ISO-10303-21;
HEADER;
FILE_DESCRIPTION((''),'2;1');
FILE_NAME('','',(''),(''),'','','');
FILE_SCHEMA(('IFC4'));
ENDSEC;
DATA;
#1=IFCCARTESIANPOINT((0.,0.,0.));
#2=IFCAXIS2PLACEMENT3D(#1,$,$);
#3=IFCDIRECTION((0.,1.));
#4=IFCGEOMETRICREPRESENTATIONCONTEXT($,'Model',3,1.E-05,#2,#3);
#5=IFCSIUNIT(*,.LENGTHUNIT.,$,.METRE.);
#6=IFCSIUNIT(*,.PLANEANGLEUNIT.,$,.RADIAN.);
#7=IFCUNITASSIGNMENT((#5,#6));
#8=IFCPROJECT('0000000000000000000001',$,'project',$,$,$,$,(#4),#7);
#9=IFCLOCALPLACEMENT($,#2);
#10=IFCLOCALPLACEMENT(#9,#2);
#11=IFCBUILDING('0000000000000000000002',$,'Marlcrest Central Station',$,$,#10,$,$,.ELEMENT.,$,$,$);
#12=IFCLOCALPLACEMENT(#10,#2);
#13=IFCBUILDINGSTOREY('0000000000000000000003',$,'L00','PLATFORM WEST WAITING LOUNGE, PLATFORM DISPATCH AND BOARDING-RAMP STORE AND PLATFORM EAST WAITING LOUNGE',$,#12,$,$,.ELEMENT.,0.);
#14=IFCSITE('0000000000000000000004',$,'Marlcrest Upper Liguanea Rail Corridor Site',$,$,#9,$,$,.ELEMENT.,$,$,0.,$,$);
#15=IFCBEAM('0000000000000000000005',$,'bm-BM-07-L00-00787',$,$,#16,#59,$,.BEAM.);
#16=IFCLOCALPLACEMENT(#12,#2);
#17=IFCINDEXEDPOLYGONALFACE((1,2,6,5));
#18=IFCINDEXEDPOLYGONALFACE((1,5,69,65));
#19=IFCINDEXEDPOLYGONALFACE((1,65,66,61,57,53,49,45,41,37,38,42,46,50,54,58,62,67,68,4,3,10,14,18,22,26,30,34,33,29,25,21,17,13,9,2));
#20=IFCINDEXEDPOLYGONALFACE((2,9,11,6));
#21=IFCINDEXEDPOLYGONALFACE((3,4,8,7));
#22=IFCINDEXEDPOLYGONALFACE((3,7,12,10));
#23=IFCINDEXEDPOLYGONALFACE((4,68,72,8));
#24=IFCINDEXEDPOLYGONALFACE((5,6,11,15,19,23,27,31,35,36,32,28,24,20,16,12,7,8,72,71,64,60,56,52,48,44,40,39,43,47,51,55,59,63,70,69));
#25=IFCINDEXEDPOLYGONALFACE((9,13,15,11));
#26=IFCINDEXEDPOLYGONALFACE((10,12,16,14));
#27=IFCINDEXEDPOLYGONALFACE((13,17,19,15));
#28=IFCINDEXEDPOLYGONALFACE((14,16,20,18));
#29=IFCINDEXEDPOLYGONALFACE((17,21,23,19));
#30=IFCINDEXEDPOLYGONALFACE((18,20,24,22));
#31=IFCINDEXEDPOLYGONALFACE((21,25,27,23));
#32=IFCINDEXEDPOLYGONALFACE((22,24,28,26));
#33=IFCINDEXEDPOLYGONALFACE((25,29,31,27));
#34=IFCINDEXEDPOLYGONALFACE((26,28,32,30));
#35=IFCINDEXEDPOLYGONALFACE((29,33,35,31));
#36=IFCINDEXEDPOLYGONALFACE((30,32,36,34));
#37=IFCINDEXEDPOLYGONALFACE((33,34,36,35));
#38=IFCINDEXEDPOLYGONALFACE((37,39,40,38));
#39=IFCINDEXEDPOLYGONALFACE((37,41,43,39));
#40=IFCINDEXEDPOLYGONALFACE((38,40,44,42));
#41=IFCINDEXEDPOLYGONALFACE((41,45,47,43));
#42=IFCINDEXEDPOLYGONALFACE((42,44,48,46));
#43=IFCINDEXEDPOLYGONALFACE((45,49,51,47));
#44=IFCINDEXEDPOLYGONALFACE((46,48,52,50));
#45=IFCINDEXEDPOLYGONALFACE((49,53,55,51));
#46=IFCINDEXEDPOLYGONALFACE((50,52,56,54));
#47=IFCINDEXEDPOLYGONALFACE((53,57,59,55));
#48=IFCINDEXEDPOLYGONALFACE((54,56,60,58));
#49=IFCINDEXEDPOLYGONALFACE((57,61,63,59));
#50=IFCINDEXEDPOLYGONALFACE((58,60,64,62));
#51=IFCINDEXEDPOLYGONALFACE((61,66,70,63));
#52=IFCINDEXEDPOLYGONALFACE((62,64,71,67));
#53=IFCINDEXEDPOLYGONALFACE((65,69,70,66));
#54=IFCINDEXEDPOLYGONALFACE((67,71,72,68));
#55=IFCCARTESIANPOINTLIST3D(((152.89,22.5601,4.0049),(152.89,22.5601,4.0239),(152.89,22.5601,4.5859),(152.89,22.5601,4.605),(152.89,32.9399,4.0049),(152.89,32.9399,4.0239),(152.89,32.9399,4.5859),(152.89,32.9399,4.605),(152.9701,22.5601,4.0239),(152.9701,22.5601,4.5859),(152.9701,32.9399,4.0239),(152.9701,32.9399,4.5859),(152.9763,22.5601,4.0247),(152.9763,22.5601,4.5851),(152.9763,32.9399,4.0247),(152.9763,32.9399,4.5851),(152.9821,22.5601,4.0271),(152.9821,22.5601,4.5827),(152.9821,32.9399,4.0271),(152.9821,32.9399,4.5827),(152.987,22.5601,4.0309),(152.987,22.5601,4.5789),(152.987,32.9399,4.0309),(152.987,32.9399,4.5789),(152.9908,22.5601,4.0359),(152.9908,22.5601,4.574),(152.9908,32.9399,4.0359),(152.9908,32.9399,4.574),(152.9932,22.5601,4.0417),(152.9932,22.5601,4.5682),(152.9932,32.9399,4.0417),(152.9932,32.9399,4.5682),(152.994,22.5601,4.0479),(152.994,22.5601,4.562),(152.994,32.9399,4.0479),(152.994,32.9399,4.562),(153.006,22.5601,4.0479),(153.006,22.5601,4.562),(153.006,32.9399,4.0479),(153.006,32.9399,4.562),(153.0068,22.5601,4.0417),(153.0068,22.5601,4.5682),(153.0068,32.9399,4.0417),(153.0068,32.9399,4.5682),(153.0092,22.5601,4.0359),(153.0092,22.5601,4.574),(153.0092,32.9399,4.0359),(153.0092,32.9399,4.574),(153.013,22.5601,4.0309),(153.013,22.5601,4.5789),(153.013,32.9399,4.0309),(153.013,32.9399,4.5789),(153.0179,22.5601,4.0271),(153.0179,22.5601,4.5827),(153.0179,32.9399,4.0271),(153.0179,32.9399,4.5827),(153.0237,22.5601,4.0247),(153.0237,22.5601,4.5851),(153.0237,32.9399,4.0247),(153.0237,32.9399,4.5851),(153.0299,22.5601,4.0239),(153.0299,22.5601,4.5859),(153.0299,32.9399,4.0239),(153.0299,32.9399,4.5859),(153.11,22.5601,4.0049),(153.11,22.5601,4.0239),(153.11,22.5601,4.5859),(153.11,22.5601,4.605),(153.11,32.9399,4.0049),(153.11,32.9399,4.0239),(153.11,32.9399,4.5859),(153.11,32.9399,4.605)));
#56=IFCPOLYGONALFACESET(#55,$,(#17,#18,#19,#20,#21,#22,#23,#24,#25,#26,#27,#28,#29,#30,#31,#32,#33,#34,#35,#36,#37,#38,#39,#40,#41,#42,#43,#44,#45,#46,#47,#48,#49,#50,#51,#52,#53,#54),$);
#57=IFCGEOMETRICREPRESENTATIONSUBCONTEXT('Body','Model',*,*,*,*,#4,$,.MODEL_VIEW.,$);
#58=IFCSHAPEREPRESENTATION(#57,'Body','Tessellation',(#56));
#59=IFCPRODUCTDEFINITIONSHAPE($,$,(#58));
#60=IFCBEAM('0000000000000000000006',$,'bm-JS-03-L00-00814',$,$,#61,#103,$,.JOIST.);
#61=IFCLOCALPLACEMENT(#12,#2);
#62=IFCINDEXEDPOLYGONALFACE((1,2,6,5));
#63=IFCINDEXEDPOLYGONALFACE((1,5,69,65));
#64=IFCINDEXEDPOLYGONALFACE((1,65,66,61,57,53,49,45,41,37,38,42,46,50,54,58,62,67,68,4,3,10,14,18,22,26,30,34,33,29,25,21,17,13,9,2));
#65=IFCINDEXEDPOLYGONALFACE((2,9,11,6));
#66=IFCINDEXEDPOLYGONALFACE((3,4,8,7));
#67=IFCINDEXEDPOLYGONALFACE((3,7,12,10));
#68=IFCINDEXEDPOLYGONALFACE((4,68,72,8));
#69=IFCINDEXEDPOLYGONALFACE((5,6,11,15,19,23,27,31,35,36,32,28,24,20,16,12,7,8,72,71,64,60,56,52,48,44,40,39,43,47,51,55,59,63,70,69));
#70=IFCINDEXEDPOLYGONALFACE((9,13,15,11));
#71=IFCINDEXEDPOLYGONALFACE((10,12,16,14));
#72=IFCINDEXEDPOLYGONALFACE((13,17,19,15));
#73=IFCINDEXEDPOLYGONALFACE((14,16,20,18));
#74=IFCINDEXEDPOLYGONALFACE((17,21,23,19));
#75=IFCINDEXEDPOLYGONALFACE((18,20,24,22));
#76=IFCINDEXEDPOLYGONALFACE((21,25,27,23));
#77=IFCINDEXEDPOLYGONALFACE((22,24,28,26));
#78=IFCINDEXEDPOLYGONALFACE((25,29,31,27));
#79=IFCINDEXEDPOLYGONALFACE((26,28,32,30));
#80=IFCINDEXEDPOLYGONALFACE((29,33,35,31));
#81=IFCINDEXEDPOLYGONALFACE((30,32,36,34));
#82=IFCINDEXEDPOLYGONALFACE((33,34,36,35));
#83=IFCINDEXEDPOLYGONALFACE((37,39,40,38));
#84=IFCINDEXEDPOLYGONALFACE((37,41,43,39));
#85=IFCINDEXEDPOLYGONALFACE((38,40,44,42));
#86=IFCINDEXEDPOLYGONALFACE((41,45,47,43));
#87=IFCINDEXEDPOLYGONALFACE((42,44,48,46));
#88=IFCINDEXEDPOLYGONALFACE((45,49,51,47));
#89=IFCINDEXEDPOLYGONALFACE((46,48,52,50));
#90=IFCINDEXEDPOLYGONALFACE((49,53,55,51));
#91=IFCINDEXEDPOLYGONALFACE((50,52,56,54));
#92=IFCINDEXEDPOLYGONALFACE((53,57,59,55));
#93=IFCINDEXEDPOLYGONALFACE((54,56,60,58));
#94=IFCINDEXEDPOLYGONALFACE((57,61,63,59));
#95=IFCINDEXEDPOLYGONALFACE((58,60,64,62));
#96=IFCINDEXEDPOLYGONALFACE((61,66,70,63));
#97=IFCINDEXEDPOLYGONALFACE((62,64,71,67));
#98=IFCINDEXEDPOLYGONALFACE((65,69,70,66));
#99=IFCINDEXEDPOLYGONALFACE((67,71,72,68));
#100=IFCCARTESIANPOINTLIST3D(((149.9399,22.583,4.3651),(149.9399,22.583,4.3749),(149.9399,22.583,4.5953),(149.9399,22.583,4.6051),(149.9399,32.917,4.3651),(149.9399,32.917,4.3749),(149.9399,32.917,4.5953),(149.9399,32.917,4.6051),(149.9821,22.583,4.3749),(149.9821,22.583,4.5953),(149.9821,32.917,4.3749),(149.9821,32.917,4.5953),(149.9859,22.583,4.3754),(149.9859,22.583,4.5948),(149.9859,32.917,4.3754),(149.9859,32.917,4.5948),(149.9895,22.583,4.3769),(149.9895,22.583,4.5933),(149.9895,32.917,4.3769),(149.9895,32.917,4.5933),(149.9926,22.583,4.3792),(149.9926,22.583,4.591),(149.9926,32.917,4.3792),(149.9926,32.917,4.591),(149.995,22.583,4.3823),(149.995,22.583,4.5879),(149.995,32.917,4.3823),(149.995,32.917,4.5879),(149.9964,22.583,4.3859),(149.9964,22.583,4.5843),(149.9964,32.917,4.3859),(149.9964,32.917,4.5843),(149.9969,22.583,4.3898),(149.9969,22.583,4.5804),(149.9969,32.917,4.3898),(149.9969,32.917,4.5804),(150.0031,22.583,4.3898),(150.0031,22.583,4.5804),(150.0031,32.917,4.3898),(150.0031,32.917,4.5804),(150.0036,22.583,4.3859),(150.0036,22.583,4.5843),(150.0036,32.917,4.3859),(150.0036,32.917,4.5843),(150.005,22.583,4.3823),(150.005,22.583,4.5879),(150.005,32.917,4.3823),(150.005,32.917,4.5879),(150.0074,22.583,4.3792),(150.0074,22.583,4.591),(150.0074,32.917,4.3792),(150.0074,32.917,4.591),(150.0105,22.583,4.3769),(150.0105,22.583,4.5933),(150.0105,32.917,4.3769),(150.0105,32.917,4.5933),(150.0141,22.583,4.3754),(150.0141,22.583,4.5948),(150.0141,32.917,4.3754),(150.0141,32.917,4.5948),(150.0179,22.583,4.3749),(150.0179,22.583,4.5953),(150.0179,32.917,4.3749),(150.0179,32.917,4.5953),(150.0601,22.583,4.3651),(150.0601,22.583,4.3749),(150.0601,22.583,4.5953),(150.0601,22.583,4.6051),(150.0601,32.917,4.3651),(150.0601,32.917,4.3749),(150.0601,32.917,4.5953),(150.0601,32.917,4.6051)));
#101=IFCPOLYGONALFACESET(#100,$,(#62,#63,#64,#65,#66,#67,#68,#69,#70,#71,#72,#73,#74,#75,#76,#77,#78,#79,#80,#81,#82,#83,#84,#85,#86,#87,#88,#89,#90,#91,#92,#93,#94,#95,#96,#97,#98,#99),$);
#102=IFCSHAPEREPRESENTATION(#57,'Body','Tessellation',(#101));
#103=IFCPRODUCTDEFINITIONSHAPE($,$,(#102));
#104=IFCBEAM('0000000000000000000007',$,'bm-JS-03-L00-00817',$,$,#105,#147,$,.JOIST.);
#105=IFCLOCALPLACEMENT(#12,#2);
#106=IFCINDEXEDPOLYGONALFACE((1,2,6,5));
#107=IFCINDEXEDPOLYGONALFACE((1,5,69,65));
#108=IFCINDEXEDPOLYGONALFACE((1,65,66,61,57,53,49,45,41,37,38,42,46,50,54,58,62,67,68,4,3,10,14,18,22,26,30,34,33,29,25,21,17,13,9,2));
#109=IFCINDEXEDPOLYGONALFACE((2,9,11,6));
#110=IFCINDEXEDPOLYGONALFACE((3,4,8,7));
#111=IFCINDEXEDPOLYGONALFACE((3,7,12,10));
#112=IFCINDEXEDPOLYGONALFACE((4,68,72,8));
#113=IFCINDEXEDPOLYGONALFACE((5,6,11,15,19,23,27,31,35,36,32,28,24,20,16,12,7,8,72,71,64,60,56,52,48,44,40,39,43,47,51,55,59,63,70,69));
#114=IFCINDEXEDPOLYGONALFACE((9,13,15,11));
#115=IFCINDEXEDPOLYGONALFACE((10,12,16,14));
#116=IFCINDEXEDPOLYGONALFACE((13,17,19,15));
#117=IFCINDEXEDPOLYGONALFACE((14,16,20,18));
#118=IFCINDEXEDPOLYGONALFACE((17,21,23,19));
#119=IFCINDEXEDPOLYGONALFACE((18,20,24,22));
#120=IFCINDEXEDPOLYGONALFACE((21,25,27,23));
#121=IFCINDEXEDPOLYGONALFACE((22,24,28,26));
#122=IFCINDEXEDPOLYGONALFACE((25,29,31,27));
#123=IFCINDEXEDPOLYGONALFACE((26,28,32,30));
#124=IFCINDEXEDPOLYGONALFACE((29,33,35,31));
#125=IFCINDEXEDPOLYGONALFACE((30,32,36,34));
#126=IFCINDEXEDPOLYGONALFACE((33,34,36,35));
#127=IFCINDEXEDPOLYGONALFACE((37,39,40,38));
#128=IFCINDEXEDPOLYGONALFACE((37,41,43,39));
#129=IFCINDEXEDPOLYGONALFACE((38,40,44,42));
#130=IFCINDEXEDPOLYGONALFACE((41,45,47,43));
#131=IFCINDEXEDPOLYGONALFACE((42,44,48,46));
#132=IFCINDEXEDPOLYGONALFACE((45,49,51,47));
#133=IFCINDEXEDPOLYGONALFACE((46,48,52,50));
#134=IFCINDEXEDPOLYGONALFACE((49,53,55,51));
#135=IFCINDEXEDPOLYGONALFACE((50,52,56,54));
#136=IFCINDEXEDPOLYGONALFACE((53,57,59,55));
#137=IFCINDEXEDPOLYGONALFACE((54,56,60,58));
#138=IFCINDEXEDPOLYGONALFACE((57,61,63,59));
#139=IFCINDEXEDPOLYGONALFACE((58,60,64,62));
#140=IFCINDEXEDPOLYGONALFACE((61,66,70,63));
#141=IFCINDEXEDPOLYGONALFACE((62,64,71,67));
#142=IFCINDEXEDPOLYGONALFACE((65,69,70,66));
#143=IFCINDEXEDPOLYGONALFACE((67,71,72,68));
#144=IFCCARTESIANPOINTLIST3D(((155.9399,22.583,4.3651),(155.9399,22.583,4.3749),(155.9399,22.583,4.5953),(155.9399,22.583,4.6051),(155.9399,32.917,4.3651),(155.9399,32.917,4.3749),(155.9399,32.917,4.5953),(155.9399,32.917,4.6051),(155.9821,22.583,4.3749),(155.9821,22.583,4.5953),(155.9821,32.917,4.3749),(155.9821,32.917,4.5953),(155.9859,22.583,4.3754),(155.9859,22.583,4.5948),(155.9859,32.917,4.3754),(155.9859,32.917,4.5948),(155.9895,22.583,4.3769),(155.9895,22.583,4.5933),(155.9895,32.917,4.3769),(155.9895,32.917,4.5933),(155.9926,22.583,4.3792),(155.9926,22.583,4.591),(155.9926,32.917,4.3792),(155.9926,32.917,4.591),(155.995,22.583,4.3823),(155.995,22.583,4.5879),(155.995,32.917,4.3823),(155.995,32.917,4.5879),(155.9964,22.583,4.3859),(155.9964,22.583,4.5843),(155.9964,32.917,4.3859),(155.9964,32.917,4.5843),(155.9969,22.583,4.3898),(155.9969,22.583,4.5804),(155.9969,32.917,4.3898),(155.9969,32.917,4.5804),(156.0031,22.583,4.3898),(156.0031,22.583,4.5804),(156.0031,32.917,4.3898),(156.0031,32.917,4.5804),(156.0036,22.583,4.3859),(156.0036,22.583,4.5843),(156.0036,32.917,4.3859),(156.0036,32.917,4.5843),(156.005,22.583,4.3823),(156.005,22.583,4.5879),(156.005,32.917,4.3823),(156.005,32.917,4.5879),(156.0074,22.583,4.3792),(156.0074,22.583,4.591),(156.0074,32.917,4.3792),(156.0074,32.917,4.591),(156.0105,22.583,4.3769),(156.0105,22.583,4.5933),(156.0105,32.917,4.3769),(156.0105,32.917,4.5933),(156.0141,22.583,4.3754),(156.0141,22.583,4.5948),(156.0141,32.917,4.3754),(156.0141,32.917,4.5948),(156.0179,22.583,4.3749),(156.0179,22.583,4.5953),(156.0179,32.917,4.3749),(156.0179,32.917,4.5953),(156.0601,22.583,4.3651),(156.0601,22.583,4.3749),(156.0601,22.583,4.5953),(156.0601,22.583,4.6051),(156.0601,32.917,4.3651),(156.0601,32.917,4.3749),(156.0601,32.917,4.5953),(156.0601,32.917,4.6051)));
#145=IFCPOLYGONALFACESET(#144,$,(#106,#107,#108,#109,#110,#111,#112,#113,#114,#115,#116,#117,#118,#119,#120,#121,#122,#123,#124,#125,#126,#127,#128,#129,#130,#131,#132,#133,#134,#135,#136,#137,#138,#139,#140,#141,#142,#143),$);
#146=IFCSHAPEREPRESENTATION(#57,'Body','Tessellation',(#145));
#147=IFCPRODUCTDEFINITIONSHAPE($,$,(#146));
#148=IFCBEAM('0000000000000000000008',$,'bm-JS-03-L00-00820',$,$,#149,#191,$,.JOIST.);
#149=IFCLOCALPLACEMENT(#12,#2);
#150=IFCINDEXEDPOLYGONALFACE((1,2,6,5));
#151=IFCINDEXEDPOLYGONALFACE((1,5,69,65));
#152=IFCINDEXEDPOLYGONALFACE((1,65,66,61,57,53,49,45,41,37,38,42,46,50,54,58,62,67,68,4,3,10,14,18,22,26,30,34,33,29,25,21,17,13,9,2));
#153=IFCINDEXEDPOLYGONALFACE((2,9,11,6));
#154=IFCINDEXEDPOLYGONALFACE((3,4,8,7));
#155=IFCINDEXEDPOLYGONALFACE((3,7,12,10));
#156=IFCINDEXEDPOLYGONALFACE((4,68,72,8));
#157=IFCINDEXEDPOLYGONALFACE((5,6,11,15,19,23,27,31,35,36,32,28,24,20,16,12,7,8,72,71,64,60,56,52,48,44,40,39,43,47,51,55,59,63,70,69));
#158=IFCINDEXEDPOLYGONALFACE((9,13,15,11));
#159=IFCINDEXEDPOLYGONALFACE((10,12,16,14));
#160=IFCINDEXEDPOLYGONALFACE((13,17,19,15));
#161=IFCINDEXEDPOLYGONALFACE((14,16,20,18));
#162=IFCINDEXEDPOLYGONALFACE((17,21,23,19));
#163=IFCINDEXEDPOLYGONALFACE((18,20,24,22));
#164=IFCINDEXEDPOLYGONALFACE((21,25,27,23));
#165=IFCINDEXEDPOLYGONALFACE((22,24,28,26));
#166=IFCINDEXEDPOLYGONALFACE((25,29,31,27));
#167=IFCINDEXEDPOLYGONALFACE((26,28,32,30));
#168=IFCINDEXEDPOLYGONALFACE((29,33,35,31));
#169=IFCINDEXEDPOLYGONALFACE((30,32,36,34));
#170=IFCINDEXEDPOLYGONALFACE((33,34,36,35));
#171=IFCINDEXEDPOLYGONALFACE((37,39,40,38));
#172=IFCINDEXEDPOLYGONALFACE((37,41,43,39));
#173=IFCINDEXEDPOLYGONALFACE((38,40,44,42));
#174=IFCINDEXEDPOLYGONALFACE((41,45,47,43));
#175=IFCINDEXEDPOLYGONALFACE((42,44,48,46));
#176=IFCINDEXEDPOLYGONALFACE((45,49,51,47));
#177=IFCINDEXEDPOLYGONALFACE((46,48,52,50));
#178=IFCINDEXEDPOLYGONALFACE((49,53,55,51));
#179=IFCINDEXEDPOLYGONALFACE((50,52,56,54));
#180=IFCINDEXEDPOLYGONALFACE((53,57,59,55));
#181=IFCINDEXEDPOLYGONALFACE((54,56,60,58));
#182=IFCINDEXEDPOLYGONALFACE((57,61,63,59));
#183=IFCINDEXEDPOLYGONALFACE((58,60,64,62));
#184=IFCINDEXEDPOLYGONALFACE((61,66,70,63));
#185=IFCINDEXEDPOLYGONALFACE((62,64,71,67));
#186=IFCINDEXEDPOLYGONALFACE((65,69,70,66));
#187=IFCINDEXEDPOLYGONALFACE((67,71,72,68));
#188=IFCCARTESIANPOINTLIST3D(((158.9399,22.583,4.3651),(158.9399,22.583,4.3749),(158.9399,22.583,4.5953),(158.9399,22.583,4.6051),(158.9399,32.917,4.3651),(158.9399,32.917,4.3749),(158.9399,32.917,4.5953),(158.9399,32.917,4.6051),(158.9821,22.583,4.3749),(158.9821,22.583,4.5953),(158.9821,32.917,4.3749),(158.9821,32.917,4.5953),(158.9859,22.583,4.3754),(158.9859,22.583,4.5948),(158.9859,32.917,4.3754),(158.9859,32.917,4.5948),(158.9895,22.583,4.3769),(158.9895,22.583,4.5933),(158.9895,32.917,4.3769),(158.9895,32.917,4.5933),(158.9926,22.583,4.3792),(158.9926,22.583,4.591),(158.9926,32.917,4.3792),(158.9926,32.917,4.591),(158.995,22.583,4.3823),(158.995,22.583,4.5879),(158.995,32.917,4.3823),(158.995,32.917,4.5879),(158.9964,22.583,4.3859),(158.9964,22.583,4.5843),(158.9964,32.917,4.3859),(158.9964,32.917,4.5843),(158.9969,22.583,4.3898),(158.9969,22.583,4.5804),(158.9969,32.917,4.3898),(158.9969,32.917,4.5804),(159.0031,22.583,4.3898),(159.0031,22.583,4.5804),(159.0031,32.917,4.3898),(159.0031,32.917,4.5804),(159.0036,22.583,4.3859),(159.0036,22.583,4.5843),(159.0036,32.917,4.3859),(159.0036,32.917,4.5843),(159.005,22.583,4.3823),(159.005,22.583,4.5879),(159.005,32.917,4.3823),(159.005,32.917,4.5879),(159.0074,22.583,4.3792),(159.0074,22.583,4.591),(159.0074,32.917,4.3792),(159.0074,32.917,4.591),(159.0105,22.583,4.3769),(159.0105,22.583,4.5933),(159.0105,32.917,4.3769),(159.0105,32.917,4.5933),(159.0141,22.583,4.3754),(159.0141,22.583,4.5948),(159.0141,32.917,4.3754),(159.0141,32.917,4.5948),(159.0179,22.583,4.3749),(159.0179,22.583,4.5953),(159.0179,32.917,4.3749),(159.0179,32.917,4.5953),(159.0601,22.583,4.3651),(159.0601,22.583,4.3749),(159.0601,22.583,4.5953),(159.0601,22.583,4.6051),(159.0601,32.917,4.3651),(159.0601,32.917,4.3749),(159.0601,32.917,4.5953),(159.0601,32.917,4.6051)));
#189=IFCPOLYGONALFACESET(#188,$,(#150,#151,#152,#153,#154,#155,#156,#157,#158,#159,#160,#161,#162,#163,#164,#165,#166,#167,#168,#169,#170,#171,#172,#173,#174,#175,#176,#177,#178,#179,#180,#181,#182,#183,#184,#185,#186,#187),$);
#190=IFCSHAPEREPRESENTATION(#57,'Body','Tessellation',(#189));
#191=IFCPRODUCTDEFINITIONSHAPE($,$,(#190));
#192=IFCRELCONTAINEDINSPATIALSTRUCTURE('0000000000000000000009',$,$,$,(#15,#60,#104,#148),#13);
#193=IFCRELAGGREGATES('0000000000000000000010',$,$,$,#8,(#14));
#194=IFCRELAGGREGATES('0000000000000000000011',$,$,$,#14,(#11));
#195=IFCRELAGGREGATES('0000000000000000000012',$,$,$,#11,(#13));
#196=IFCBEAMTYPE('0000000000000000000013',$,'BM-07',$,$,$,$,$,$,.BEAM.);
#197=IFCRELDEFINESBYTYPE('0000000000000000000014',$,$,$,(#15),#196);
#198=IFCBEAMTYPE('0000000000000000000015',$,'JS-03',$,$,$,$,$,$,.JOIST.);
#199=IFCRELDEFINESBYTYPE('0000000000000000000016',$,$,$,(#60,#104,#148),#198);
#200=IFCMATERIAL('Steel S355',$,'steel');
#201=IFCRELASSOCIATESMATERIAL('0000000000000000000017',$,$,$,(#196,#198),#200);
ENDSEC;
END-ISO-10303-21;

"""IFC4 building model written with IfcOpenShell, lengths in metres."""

from ifc_helpers import new_model, si_unit, direction, frame, origin, origin_2d, place, context, subcontext, project, spatial, i_section, extrude, material, material_profile, profile_set, type_object, element, save


model = new_model("IFC4")

# Units and contexts
model_context = context("Model", 3, precision=1e-05, world=origin(), true_north=direction((0.0, 1.0)))
body_context = subcontext(model_context, "Body", "Model", "MODEL_VIEW")
ifc_project = project(units=[si_unit("LENGTHUNIT", "METRE"), si_unit("PLANEANGLEUNIT", "RADIAN")], contexts=[model_context])

# Site, building, storey
site_placement = place(None, origin())
site = spatial("IfcSite", under=ifc_project, at=site_placement, Name="Marlcrest Upper Liguanea Rail Corridor Site", CompositionType="ELEMENT", RefElevation=0.0)
building_placement = place(site_placement, origin())
building = spatial("IfcBuilding", under=site, at=building_placement, Name="Marlcrest Central Station", CompositionType="ELEMENT")
storey_placement = place(building_placement, origin())
storey = spatial("IfcBuildingStorey", under=building, at=storey_placement, Name="L00", Description="PLATFORM WEST WAITING LOUNGE, PLATFORM DISPATCH AND BOARDING-RAMP STORE AND PLATFORM EAST WAITING LOUNGE", CompositionType="ELEMENT", Elevation=0.0)

# Beams
ifc_material_1 = material(Name="Steel S355", Category="steel")
ifc_material_profile_1 = material_profile(ifc_material_1, i_section(OverallWidth=0.22, OverallDepth=0.6001, WebThickness=0.012, FlangeThickness=0.019, FilletRadius=0.0239, at=origin_2d()), Name="IPE 600")
ifc_profile_set_1 = profile_set([ifc_material_profile_1], Name="Steel S355")
beam_type_1 = type_object("IfcBeamType", Name="BM-07", PredefinedType="BEAM", material=ifc_profile_set_1)
beam_1_placement = place(storey_placement, frame((153.0, 22.5601, 4.3049), z_axis=(0.0, 1.0, 0.0), x_axis=(-1.0, 0.0, 0.0)))
element("IfcBeam", 1, at=beam_1_placement, inside=storey, type_object=beam_type_1, Name="bm-BM-07-L00-00787", PredefinedType="BEAM", context=body_context, shape_type="SweptSolid", body=[
    extrude(i_section(OverallWidth=0.22, OverallDepth=0.6001, WebThickness=0.012, FlangeThickness=0.019, FilletRadius=0.0239, at=origin_2d()), origin(), (0.0, 0.0, 1.0), 10.3799),
])
ifc_material_profile_2 = material_profile(ifc_material_1, i_section(OverallWidth=0.1201, OverallDepth=0.24, WebThickness=0.0061, FlangeThickness=0.0098, FilletRadius=0.0149, at=origin_2d()), Name="IPE 240")
ifc_profile_set_2 = profile_set([ifc_material_profile_2], Name="Steel S355")
beam_type_2 = type_object("IfcBeamType", Name="JS-03", PredefinedType="JOIST", material=ifc_profile_set_2)
for number, where, z_axis, x_axis, name in (
    (2, (150.0, 22.583, 4.4851), (0.0, 1.0, 0.0), (-1.0, 0.0, 0.0), "bm-JS-03-L00-00814"),
    (3, (156.0, 22.583, 4.4851), (0.0, 1.0, 0.0), (-1.0, 0.0, 0.0), "bm-JS-03-L00-00817"),
    (4, (159.0, 22.583, 4.4851), (0.0, 1.0, 0.0), (-1.0, 0.0, 0.0), "bm-JS-03-L00-00820"),
):
    element("IfcBeam", number, at=place(storey_placement, frame(where, z_axis=z_axis, x_axis=x_axis)), inside=storey, type_object=beam_type_2, Name=name, PredefinedType="JOIST", context=body_context, shape_type="SweptSolid", body=[
        extrude(i_section(OverallWidth=0.1201, OverallDepth=0.24, WebThickness=0.0061, FlangeThickness=0.0098, FilletRadius=0.0149, at=origin_2d()), origin(), (0.0, 0.0, 1.0), 10.334),
    ])

save(model, "model.ifc")
